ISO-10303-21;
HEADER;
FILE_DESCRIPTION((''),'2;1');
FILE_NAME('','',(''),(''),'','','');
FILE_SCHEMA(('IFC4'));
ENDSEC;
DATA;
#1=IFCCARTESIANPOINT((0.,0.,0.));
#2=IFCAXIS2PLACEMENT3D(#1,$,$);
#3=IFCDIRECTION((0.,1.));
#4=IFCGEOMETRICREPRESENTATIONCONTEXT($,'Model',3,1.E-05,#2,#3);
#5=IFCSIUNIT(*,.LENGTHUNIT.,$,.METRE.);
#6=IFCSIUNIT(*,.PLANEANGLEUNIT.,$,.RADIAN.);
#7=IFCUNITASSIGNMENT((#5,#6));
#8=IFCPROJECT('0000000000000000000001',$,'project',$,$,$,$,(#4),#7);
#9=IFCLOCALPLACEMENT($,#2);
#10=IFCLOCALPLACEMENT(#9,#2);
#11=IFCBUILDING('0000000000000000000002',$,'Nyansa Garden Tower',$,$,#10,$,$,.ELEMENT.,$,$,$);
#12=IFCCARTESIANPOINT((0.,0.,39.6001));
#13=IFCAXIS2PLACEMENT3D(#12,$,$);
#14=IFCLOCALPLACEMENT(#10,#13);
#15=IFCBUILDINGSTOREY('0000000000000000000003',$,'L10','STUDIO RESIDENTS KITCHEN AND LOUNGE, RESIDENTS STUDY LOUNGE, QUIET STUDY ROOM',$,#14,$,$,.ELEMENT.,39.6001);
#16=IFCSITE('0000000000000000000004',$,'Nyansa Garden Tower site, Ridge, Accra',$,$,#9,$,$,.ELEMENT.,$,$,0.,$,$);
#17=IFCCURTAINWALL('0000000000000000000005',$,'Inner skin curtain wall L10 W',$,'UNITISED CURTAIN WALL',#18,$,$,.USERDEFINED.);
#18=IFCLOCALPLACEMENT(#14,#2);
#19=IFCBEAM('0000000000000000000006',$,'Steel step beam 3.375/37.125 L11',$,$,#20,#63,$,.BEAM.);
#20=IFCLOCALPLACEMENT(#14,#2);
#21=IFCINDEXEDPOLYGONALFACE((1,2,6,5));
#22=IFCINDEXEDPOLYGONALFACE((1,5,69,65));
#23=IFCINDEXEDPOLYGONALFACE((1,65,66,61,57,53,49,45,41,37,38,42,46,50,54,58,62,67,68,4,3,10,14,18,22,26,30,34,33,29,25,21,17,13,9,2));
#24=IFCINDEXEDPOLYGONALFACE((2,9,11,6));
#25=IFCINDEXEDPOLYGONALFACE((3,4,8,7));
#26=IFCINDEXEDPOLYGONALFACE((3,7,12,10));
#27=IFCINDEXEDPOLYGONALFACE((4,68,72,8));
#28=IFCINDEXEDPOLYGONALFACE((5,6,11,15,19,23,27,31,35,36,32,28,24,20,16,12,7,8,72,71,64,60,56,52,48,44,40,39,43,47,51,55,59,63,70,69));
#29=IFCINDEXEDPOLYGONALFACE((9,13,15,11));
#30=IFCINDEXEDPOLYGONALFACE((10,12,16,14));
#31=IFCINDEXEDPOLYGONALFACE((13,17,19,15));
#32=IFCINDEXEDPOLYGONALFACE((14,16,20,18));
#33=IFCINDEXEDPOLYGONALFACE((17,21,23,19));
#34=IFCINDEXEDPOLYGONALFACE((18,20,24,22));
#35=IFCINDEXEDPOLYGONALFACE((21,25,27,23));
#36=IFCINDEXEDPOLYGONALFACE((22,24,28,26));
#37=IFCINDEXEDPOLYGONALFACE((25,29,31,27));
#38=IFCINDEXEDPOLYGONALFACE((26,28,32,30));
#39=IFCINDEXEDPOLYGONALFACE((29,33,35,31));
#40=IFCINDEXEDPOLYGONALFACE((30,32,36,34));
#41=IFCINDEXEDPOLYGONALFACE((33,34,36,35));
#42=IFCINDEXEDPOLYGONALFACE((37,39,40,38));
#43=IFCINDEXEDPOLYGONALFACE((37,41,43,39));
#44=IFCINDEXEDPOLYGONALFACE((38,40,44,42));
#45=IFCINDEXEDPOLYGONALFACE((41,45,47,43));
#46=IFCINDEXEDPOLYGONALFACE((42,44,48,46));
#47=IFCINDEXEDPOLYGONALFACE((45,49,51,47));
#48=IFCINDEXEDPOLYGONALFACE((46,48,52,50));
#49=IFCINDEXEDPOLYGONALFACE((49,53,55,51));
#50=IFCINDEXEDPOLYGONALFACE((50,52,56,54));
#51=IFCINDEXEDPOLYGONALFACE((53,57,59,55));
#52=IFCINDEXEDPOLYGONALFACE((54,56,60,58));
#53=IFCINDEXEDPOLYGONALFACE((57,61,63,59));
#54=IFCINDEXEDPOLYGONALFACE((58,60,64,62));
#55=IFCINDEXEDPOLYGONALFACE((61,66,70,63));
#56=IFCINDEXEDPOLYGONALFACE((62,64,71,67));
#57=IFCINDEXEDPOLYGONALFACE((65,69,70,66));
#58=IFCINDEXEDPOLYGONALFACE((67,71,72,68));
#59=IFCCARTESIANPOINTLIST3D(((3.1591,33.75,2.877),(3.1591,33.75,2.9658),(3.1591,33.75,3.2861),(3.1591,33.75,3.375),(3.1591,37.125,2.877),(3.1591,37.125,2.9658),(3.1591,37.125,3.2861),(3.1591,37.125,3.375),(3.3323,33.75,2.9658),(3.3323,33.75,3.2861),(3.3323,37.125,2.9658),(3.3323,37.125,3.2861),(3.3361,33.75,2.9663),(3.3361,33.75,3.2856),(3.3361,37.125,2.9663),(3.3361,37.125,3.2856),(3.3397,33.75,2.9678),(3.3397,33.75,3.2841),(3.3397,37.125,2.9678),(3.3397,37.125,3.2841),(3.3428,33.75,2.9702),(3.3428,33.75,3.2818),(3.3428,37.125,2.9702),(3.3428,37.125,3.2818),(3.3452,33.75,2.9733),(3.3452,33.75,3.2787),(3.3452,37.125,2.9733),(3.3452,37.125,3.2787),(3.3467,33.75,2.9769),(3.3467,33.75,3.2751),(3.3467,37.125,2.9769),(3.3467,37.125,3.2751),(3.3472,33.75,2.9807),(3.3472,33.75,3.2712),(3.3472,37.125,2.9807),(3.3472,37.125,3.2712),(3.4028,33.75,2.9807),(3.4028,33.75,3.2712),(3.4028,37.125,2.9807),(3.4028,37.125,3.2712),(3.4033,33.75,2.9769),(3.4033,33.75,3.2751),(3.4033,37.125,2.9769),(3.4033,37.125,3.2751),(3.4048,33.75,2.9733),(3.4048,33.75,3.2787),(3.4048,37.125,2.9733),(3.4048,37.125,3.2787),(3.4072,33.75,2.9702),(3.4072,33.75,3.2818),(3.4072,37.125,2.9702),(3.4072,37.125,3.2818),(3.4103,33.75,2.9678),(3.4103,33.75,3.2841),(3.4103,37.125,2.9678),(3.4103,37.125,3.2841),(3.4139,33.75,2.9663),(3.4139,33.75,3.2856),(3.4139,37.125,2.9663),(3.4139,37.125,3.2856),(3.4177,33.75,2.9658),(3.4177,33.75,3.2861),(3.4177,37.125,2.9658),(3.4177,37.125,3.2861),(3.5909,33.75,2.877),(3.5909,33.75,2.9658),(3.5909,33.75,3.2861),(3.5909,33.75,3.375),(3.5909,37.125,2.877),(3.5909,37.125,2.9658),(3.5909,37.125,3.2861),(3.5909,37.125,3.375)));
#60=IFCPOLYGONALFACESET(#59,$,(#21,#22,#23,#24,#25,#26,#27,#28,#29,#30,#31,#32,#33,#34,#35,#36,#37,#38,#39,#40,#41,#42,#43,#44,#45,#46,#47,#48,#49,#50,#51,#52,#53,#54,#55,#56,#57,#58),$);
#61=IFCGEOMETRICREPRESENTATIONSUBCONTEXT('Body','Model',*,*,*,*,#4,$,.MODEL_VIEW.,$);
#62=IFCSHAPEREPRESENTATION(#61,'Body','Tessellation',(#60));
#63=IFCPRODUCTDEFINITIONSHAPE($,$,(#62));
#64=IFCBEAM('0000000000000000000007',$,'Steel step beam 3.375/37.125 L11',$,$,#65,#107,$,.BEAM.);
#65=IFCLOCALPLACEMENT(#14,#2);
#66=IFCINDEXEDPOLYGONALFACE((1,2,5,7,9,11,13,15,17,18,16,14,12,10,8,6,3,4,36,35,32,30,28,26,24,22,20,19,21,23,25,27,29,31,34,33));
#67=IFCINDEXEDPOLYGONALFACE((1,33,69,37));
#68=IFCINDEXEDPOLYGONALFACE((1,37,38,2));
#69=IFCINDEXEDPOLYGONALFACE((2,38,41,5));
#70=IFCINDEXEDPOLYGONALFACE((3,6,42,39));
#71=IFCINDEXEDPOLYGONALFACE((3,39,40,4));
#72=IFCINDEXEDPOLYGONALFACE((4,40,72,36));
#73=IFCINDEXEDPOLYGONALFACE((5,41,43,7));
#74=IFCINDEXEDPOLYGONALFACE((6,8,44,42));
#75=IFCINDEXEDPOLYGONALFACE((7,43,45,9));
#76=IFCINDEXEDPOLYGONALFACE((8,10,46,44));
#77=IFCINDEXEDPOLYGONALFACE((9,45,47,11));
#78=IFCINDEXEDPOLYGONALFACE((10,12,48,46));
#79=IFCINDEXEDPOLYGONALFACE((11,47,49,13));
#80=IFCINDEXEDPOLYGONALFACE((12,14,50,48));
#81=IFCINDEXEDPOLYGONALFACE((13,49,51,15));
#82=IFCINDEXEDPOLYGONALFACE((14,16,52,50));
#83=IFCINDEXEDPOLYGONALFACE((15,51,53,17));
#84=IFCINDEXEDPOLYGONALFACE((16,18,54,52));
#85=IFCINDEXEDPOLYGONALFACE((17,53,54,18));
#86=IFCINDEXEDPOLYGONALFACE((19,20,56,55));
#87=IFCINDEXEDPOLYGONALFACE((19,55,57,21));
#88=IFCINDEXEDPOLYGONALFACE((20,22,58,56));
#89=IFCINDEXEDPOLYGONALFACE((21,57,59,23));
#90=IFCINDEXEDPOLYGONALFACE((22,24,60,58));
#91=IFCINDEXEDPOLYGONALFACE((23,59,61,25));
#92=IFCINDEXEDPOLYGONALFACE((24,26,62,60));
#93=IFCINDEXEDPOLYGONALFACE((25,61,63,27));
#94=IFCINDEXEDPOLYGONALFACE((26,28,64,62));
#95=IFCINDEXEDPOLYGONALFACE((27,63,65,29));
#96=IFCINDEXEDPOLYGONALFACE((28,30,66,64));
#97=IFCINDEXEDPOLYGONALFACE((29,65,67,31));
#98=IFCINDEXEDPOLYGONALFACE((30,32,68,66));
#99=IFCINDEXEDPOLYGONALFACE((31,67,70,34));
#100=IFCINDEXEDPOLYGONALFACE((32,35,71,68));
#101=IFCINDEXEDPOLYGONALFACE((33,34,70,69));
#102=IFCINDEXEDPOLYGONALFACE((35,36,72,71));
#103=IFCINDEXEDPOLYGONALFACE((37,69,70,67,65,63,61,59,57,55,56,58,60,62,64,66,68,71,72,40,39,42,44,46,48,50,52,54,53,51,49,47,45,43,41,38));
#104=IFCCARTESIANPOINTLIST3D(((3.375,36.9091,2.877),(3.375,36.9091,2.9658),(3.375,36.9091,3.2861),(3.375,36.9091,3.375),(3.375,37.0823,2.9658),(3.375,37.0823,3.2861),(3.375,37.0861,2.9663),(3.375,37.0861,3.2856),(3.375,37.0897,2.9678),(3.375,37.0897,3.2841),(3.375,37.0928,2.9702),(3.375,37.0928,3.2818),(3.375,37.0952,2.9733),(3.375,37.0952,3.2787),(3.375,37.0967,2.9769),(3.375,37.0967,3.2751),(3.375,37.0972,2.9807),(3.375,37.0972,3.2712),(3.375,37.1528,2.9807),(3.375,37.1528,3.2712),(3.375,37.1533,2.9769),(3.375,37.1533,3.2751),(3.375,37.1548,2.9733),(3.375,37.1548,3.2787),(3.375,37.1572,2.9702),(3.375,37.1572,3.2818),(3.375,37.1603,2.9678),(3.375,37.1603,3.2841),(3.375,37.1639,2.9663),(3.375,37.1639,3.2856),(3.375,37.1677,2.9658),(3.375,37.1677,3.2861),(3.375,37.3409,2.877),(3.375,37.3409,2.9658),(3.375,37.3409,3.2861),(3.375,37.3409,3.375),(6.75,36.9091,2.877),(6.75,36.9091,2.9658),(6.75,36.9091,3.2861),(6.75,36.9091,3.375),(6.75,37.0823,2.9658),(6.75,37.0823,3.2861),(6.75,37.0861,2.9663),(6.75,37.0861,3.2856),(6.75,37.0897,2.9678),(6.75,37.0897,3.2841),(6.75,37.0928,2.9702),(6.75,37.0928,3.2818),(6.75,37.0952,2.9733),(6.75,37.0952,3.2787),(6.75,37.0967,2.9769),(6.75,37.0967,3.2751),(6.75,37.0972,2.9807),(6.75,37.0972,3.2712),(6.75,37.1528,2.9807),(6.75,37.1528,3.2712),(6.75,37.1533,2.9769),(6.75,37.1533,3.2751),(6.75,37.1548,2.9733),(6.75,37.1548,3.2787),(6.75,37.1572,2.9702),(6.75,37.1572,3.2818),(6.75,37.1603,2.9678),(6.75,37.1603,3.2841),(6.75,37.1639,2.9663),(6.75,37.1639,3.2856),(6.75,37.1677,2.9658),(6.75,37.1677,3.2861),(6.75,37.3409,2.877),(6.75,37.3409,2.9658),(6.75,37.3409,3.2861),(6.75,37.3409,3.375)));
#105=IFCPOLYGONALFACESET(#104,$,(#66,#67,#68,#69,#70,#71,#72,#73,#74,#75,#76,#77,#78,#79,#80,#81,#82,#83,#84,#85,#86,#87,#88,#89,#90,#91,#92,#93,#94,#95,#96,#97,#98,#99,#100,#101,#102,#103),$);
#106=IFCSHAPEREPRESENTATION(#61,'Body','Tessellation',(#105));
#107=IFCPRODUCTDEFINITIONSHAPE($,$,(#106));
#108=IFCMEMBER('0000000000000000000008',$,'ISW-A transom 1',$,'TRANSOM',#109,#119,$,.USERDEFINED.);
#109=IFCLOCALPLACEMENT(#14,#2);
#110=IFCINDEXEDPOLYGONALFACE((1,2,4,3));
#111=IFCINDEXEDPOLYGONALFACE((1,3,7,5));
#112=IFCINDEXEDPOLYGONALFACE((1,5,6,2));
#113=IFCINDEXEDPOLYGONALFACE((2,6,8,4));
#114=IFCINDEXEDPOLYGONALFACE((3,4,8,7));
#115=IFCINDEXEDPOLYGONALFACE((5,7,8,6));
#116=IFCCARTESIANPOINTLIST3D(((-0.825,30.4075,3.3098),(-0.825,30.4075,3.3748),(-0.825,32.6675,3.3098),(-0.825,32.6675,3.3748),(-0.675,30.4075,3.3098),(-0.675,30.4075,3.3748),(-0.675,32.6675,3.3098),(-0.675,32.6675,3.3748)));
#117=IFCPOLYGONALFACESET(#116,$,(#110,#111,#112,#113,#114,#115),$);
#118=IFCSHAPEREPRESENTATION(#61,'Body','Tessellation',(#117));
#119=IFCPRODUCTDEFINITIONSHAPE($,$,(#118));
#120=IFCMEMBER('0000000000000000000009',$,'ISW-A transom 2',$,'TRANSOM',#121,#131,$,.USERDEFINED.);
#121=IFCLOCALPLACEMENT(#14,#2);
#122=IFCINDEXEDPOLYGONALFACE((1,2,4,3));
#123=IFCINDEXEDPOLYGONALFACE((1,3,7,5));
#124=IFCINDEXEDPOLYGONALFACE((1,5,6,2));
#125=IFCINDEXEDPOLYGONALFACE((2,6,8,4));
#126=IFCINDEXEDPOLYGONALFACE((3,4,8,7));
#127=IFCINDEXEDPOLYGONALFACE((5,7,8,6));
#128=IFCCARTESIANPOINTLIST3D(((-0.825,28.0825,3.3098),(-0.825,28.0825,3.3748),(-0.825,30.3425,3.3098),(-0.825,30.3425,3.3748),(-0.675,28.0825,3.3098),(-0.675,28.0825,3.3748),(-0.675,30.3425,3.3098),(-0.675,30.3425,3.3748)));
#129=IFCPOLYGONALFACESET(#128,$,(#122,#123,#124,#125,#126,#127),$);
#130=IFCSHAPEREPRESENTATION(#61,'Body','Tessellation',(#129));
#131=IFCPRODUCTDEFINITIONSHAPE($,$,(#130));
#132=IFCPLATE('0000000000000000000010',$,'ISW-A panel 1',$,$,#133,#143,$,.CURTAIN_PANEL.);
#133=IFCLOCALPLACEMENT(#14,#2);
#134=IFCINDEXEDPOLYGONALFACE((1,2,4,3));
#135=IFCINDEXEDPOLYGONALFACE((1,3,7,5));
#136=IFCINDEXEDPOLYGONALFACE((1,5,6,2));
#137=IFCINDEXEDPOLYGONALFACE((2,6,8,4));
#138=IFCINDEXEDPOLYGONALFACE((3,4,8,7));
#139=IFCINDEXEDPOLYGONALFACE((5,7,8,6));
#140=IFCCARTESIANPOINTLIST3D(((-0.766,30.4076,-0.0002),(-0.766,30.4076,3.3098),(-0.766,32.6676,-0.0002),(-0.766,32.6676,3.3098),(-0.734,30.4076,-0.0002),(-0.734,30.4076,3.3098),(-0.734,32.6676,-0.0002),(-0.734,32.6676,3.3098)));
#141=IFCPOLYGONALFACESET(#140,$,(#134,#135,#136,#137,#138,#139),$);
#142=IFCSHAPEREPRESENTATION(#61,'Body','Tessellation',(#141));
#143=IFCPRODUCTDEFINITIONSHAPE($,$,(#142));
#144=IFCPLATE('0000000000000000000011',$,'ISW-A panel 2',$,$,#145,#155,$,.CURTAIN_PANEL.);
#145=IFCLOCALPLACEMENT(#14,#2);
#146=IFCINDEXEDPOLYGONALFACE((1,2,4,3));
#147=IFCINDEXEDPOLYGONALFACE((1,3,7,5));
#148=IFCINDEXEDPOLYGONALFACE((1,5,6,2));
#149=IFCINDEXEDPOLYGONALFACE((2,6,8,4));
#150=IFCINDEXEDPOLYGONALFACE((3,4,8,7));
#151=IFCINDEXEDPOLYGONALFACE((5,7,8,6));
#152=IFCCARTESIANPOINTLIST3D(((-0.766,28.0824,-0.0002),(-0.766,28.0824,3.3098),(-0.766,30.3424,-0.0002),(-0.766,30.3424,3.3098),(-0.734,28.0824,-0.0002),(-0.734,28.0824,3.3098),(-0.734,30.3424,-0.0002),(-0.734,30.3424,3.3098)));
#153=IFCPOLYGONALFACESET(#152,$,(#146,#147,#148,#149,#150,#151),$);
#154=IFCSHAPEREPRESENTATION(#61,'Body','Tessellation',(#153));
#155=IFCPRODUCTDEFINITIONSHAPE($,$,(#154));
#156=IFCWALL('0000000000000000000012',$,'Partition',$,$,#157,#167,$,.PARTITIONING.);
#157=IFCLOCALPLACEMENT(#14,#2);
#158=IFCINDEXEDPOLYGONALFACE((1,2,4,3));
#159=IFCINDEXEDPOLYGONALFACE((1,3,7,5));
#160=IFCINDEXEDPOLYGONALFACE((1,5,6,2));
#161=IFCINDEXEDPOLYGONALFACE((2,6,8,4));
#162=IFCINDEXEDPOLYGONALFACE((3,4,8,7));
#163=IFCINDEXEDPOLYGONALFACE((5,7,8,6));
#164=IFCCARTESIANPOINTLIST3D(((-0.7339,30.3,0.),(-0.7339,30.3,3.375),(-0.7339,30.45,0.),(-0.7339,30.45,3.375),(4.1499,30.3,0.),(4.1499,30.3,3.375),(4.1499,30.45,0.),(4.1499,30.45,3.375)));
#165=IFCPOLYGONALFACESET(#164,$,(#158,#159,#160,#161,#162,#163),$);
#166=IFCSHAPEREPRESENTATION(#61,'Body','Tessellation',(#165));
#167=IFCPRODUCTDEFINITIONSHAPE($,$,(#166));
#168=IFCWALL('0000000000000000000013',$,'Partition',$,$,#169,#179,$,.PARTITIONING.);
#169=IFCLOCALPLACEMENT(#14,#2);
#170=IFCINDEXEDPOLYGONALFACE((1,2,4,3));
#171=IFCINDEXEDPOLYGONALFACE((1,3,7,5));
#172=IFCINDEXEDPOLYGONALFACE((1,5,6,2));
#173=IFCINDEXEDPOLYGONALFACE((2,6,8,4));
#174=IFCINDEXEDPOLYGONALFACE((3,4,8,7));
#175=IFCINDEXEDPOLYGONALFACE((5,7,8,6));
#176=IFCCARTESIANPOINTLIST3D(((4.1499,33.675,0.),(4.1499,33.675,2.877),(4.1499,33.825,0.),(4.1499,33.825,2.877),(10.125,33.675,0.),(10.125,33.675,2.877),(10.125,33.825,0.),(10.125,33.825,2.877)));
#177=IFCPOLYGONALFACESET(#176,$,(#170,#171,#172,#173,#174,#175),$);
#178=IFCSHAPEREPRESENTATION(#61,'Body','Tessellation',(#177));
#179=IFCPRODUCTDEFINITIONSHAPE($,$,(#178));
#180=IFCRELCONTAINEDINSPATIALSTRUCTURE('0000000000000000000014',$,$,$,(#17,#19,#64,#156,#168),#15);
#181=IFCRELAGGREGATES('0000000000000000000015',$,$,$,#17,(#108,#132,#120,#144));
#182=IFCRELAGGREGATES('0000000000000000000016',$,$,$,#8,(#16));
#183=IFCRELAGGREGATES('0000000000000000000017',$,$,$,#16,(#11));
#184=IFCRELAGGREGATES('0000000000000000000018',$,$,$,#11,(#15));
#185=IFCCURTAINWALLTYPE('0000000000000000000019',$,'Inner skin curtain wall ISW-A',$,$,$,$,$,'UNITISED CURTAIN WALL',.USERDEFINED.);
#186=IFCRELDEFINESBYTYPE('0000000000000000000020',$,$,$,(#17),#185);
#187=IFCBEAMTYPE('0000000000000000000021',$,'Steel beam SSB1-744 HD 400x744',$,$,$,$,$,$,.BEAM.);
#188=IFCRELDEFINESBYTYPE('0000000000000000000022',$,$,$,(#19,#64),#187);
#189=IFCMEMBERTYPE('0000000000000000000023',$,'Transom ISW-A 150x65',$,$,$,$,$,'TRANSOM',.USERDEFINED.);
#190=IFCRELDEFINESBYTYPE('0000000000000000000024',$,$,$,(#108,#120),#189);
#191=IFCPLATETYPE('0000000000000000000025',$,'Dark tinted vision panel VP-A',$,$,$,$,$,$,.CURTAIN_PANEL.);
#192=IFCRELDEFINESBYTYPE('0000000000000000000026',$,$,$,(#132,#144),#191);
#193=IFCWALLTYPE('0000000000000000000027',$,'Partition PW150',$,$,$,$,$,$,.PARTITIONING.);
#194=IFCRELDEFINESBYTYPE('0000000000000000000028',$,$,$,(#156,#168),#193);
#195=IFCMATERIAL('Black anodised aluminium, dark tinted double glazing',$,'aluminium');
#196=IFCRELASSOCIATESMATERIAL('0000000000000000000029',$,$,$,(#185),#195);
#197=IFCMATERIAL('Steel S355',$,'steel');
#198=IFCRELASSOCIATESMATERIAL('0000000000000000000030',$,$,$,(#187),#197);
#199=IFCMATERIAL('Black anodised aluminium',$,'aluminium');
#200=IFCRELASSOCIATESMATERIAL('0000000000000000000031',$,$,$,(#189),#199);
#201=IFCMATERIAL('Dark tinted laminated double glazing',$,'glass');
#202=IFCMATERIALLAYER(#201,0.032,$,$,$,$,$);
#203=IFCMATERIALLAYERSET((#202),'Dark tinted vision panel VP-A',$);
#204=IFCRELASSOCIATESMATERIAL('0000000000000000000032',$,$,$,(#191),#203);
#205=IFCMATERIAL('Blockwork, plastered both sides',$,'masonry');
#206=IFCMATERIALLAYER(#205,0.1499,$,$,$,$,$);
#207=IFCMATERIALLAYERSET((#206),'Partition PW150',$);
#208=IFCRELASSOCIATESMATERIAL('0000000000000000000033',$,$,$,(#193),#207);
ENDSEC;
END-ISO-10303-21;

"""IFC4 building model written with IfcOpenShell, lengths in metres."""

from ifc_helpers import new_model, si_unit, direction, frame, frame_2d, origin, origin_2d, place, context, subcontext, project, spatial, rectangle, i_section, extrude, material, layer, layer_set, material_profile, profile_set, type_object, element, aggregate, save


model = new_model("IFC4")

# Units and contexts
model_context = context("Model", 3, precision=1e-05, world=origin(), true_north=direction((0.0, 1.0)))
body_context = subcontext(model_context, "Body", "Model", "MODEL_VIEW")
ifc_project = project(units=[si_unit("LENGTHUNIT", "METRE"), si_unit("PLANEANGLEUNIT", "RADIAN")], contexts=[model_context])

# Site, building, storey
site_placement = place(None, origin())
site = spatial("IfcSite", under=ifc_project, at=site_placement, Name="Nyansa Garden Tower site, Ridge, Accra", CompositionType="ELEMENT", RefElevation=0.0)
building_placement = place(site_placement, origin())
building = spatial("IfcBuilding", under=site, at=building_placement, Name="Nyansa Garden Tower", CompositionType="ELEMENT")
storey_placement = place(building_placement, frame((0.0, 0.0, 39.6001)))
storey = spatial("IfcBuildingStorey", under=building, at=storey_placement, Name="L10", Description="STUDIO RESIDENTS KITCHEN AND LOUNGE, RESIDENTS STUDY LOUNGE, QUIET STUDY ROOM", CompositionType="ELEMENT", Elevation=39.6001)

# Curtain wall
ifc_material_1 = material(Name="Black anodised aluminium, dark tinted double glazing", Category="aluminium")
curtain_wall_type = type_object("IfcCurtainWallType", Name="Inner skin curtain wall ISW-A", ElementType="UNITISED CURTAIN WALL", PredefinedType="USERDEFINED", material=ifc_material_1)
curtain_wall_placement = place(storey_placement, origin())
curtain_wall = element("IfcCurtainWall", 1, at=curtain_wall_placement, inside=storey, type_object=curtain_wall_type, Name="Inner skin curtain wall L10 W", ObjectType="UNITISED CURTAIN WALL", PredefinedType="USERDEFINED")

# Beams
ifc_material_2 = material(Name="Steel S355", Category="steel")
ifc_material_profile_1 = material_profile(ifc_material_2, i_section(OverallWidth=0.4319, OverallDepth=0.498, WebThickness=0.0557, FlangeThickness=0.0889, FilletRadius=0.0149, at=origin_2d()), Name="HD 400x744")
ifc_profile_set_1 = profile_set([ifc_material_profile_1], Name="Steel S355")
beam_type_1 = type_object("IfcBeamType", Name="Steel beam SSB1-744 HD 400x744", PredefinedType="BEAM", material=ifc_profile_set_1)
for number, where, z_axis, x_axis, name in (
    (2, (3.375, 37.125, 3.126), (0.0, -1.0, 0.0), (1.0, 0.0, 0.0), "Steel step beam 3.375/37.125 L11"),
    (3, (3.375, 37.125, 3.126), (1.0, 0.0, 0.0), (0.0, 1.0, 0.0), "Steel step beam 3.375/37.125 L11"),
):
    element("IfcBeam", number, at=place(storey_placement, frame(where, z_axis=z_axis, x_axis=x_axis)), inside=storey, type_object=beam_type_1, Name=name, PredefinedType="BEAM", context=body_context, shape_type="SweptSolid", body=[
        extrude(i_section(OverallWidth=0.4319, OverallDepth=0.498, WebThickness=0.0557, FlangeThickness=0.0889, FilletRadius=0.0149, at=origin_2d()), origin(), (0.0, 0.0, 1.0), 3.375),
    ])

# Members
ifc_material_3 = material(Name="Black anodised aluminium", Category="aluminium")
ifc_material_profile_2 = material_profile(ifc_material_3, rectangle(XDim=0.1499, YDim=0.0649, at=origin_2d()), Name="Transom 150x65")
ifc_profile_set_2 = profile_set([ifc_material_profile_2], Name="Black anodised aluminium")
member_type_1 = type_object("IfcMemberType", Name="Transom ISW-A 150x65", ElementType="TRANSOM", PredefinedType="USERDEFINED", material=ifc_profile_set_2)
member_1_placement = place(storey_placement, frame((-0.75, 32.6675, 3.3423), z_axis=(0.0, -1.0, 0.0), x_axis=(1.0, 0.0, 0.0)))
member_1 = element("IfcMember", 4, at=member_1_placement, type_object=member_type_1, Name="ISW-A transom 1", ObjectType="TRANSOM", PredefinedType="USERDEFINED", context=body_context, shape_type="SweptSolid", body=[
    extrude(rectangle(XDim=0.1499, YDim=0.0649, at=origin_2d()), origin(), (0.0, 0.0, 1.0), 2.26),
])
member_2_placement = place(storey_placement, frame((-0.75, 30.3425, 3.3423), z_axis=(0.0, -1.0, 0.0), x_axis=(1.0, 0.0, 0.0)))
member_2 = element("IfcMember", 5, at=member_2_placement, type_object=member_type_1, Name="ISW-A transom 2", ObjectType="TRANSOM", PredefinedType="USERDEFINED", context=body_context, shape_type="SweptSolid", body=[
    extrude(rectangle(XDim=0.1499, YDim=0.0649, at=origin_2d()), origin(), (0.0, 0.0, 1.0), 2.26),
])

# Plates
ifc_material_4 = material(Name="Dark tinted laminated double glazing", Category="glass")
ifc_layer_1 = layer(ifc_material_4, 0.032)
ifc_layer_set_1 = layer_set([ifc_layer_1], Name="Dark tinted vision panel VP-A")
plate_type = type_object("IfcPlateType", Name="Dark tinted vision panel VP-A", PredefinedType="CURTAIN_PANEL", material=ifc_layer_set_1)
plate_1_placement = place(storey_placement, frame((-0.75, 31.5376, -0.0002), z_axis=(0.0, 0.0, 1.0), x_axis=(0.0, -1.0, 0.0)))
plate_1 = element("IfcPlate", 6, at=plate_1_placement, type_object=plate_type, Name="ISW-A panel 1", PredefinedType="CURTAIN_PANEL", context=body_context, shape_type="SweptSolid", body=[
    extrude(rectangle(XDim=2.26, YDim=0.032, at=origin_2d()), origin(), (0.0, 0.0, 1.0), 3.3101),
])
plate_2_placement = place(storey_placement, frame((-0.75, 29.2124, -0.0002), z_axis=(0.0, 0.0, 1.0), x_axis=(0.0, -1.0, 0.0)))
plate_2 = element("IfcPlate", 7, at=plate_2_placement, type_object=plate_type, Name="ISW-A panel 2", PredefinedType="CURTAIN_PANEL", context=body_context, shape_type="SweptSolid", body=[
    extrude(rectangle(XDim=2.26, YDim=0.032, at=origin_2d()), origin(), (0.0, 0.0, 1.0), 3.3101),
])
aggregate(curtain_wall, [member_1, plate_1, member_2, plate_2])

# Walls
ifc_material_5 = material(Name="Blockwork, plastered both sides", Category="masonry")
ifc_layer_2 = layer(ifc_material_5, 0.1499)
ifc_layer_set_2 = layer_set([ifc_layer_2], Name="Partition PW150")
wall_type_1 = type_object("IfcWallType", Name="Partition PW150", PredefinedType="PARTITIONING", material=ifc_layer_set_2)
wall_1_placement = place(storey_placement, frame((-0.7339, 30.375, 0.0), z_axis=(0.0, 0.0, 1.0), x_axis=(1.0, 0.0, 0.0)))
element("IfcWall", 8, at=wall_1_placement, inside=storey, type_object=wall_type_1, Name="Partition", PredefinedType="PARTITIONING", context=body_context, shape_type="SweptSolid", body=[
    extrude(rectangle(XDim=4.8838, YDim=0.1499, at=frame_2d((2.4419, 0.0))), origin(), (0.0, 0.0, 1.0), 3.375),
])
wall_2_placement = place(storey_placement, frame((4.1499, 33.75, 0.0), z_axis=(0.0, 0.0, 1.0), x_axis=(1.0, 0.0, 0.0)))
element("IfcWall", 9, at=wall_2_placement, inside=storey, type_object=wall_type_1, Name="Partition", PredefinedType="PARTITIONING", context=body_context, shape_type="SweptSolid", body=[
    extrude(rectangle(XDim=5.9751, YDim=0.1499, at=frame_2d((2.9875, 0.0))), origin(), (0.0, 0.0, 1.0), 2.877),
])

save(model, "model.ifc")
